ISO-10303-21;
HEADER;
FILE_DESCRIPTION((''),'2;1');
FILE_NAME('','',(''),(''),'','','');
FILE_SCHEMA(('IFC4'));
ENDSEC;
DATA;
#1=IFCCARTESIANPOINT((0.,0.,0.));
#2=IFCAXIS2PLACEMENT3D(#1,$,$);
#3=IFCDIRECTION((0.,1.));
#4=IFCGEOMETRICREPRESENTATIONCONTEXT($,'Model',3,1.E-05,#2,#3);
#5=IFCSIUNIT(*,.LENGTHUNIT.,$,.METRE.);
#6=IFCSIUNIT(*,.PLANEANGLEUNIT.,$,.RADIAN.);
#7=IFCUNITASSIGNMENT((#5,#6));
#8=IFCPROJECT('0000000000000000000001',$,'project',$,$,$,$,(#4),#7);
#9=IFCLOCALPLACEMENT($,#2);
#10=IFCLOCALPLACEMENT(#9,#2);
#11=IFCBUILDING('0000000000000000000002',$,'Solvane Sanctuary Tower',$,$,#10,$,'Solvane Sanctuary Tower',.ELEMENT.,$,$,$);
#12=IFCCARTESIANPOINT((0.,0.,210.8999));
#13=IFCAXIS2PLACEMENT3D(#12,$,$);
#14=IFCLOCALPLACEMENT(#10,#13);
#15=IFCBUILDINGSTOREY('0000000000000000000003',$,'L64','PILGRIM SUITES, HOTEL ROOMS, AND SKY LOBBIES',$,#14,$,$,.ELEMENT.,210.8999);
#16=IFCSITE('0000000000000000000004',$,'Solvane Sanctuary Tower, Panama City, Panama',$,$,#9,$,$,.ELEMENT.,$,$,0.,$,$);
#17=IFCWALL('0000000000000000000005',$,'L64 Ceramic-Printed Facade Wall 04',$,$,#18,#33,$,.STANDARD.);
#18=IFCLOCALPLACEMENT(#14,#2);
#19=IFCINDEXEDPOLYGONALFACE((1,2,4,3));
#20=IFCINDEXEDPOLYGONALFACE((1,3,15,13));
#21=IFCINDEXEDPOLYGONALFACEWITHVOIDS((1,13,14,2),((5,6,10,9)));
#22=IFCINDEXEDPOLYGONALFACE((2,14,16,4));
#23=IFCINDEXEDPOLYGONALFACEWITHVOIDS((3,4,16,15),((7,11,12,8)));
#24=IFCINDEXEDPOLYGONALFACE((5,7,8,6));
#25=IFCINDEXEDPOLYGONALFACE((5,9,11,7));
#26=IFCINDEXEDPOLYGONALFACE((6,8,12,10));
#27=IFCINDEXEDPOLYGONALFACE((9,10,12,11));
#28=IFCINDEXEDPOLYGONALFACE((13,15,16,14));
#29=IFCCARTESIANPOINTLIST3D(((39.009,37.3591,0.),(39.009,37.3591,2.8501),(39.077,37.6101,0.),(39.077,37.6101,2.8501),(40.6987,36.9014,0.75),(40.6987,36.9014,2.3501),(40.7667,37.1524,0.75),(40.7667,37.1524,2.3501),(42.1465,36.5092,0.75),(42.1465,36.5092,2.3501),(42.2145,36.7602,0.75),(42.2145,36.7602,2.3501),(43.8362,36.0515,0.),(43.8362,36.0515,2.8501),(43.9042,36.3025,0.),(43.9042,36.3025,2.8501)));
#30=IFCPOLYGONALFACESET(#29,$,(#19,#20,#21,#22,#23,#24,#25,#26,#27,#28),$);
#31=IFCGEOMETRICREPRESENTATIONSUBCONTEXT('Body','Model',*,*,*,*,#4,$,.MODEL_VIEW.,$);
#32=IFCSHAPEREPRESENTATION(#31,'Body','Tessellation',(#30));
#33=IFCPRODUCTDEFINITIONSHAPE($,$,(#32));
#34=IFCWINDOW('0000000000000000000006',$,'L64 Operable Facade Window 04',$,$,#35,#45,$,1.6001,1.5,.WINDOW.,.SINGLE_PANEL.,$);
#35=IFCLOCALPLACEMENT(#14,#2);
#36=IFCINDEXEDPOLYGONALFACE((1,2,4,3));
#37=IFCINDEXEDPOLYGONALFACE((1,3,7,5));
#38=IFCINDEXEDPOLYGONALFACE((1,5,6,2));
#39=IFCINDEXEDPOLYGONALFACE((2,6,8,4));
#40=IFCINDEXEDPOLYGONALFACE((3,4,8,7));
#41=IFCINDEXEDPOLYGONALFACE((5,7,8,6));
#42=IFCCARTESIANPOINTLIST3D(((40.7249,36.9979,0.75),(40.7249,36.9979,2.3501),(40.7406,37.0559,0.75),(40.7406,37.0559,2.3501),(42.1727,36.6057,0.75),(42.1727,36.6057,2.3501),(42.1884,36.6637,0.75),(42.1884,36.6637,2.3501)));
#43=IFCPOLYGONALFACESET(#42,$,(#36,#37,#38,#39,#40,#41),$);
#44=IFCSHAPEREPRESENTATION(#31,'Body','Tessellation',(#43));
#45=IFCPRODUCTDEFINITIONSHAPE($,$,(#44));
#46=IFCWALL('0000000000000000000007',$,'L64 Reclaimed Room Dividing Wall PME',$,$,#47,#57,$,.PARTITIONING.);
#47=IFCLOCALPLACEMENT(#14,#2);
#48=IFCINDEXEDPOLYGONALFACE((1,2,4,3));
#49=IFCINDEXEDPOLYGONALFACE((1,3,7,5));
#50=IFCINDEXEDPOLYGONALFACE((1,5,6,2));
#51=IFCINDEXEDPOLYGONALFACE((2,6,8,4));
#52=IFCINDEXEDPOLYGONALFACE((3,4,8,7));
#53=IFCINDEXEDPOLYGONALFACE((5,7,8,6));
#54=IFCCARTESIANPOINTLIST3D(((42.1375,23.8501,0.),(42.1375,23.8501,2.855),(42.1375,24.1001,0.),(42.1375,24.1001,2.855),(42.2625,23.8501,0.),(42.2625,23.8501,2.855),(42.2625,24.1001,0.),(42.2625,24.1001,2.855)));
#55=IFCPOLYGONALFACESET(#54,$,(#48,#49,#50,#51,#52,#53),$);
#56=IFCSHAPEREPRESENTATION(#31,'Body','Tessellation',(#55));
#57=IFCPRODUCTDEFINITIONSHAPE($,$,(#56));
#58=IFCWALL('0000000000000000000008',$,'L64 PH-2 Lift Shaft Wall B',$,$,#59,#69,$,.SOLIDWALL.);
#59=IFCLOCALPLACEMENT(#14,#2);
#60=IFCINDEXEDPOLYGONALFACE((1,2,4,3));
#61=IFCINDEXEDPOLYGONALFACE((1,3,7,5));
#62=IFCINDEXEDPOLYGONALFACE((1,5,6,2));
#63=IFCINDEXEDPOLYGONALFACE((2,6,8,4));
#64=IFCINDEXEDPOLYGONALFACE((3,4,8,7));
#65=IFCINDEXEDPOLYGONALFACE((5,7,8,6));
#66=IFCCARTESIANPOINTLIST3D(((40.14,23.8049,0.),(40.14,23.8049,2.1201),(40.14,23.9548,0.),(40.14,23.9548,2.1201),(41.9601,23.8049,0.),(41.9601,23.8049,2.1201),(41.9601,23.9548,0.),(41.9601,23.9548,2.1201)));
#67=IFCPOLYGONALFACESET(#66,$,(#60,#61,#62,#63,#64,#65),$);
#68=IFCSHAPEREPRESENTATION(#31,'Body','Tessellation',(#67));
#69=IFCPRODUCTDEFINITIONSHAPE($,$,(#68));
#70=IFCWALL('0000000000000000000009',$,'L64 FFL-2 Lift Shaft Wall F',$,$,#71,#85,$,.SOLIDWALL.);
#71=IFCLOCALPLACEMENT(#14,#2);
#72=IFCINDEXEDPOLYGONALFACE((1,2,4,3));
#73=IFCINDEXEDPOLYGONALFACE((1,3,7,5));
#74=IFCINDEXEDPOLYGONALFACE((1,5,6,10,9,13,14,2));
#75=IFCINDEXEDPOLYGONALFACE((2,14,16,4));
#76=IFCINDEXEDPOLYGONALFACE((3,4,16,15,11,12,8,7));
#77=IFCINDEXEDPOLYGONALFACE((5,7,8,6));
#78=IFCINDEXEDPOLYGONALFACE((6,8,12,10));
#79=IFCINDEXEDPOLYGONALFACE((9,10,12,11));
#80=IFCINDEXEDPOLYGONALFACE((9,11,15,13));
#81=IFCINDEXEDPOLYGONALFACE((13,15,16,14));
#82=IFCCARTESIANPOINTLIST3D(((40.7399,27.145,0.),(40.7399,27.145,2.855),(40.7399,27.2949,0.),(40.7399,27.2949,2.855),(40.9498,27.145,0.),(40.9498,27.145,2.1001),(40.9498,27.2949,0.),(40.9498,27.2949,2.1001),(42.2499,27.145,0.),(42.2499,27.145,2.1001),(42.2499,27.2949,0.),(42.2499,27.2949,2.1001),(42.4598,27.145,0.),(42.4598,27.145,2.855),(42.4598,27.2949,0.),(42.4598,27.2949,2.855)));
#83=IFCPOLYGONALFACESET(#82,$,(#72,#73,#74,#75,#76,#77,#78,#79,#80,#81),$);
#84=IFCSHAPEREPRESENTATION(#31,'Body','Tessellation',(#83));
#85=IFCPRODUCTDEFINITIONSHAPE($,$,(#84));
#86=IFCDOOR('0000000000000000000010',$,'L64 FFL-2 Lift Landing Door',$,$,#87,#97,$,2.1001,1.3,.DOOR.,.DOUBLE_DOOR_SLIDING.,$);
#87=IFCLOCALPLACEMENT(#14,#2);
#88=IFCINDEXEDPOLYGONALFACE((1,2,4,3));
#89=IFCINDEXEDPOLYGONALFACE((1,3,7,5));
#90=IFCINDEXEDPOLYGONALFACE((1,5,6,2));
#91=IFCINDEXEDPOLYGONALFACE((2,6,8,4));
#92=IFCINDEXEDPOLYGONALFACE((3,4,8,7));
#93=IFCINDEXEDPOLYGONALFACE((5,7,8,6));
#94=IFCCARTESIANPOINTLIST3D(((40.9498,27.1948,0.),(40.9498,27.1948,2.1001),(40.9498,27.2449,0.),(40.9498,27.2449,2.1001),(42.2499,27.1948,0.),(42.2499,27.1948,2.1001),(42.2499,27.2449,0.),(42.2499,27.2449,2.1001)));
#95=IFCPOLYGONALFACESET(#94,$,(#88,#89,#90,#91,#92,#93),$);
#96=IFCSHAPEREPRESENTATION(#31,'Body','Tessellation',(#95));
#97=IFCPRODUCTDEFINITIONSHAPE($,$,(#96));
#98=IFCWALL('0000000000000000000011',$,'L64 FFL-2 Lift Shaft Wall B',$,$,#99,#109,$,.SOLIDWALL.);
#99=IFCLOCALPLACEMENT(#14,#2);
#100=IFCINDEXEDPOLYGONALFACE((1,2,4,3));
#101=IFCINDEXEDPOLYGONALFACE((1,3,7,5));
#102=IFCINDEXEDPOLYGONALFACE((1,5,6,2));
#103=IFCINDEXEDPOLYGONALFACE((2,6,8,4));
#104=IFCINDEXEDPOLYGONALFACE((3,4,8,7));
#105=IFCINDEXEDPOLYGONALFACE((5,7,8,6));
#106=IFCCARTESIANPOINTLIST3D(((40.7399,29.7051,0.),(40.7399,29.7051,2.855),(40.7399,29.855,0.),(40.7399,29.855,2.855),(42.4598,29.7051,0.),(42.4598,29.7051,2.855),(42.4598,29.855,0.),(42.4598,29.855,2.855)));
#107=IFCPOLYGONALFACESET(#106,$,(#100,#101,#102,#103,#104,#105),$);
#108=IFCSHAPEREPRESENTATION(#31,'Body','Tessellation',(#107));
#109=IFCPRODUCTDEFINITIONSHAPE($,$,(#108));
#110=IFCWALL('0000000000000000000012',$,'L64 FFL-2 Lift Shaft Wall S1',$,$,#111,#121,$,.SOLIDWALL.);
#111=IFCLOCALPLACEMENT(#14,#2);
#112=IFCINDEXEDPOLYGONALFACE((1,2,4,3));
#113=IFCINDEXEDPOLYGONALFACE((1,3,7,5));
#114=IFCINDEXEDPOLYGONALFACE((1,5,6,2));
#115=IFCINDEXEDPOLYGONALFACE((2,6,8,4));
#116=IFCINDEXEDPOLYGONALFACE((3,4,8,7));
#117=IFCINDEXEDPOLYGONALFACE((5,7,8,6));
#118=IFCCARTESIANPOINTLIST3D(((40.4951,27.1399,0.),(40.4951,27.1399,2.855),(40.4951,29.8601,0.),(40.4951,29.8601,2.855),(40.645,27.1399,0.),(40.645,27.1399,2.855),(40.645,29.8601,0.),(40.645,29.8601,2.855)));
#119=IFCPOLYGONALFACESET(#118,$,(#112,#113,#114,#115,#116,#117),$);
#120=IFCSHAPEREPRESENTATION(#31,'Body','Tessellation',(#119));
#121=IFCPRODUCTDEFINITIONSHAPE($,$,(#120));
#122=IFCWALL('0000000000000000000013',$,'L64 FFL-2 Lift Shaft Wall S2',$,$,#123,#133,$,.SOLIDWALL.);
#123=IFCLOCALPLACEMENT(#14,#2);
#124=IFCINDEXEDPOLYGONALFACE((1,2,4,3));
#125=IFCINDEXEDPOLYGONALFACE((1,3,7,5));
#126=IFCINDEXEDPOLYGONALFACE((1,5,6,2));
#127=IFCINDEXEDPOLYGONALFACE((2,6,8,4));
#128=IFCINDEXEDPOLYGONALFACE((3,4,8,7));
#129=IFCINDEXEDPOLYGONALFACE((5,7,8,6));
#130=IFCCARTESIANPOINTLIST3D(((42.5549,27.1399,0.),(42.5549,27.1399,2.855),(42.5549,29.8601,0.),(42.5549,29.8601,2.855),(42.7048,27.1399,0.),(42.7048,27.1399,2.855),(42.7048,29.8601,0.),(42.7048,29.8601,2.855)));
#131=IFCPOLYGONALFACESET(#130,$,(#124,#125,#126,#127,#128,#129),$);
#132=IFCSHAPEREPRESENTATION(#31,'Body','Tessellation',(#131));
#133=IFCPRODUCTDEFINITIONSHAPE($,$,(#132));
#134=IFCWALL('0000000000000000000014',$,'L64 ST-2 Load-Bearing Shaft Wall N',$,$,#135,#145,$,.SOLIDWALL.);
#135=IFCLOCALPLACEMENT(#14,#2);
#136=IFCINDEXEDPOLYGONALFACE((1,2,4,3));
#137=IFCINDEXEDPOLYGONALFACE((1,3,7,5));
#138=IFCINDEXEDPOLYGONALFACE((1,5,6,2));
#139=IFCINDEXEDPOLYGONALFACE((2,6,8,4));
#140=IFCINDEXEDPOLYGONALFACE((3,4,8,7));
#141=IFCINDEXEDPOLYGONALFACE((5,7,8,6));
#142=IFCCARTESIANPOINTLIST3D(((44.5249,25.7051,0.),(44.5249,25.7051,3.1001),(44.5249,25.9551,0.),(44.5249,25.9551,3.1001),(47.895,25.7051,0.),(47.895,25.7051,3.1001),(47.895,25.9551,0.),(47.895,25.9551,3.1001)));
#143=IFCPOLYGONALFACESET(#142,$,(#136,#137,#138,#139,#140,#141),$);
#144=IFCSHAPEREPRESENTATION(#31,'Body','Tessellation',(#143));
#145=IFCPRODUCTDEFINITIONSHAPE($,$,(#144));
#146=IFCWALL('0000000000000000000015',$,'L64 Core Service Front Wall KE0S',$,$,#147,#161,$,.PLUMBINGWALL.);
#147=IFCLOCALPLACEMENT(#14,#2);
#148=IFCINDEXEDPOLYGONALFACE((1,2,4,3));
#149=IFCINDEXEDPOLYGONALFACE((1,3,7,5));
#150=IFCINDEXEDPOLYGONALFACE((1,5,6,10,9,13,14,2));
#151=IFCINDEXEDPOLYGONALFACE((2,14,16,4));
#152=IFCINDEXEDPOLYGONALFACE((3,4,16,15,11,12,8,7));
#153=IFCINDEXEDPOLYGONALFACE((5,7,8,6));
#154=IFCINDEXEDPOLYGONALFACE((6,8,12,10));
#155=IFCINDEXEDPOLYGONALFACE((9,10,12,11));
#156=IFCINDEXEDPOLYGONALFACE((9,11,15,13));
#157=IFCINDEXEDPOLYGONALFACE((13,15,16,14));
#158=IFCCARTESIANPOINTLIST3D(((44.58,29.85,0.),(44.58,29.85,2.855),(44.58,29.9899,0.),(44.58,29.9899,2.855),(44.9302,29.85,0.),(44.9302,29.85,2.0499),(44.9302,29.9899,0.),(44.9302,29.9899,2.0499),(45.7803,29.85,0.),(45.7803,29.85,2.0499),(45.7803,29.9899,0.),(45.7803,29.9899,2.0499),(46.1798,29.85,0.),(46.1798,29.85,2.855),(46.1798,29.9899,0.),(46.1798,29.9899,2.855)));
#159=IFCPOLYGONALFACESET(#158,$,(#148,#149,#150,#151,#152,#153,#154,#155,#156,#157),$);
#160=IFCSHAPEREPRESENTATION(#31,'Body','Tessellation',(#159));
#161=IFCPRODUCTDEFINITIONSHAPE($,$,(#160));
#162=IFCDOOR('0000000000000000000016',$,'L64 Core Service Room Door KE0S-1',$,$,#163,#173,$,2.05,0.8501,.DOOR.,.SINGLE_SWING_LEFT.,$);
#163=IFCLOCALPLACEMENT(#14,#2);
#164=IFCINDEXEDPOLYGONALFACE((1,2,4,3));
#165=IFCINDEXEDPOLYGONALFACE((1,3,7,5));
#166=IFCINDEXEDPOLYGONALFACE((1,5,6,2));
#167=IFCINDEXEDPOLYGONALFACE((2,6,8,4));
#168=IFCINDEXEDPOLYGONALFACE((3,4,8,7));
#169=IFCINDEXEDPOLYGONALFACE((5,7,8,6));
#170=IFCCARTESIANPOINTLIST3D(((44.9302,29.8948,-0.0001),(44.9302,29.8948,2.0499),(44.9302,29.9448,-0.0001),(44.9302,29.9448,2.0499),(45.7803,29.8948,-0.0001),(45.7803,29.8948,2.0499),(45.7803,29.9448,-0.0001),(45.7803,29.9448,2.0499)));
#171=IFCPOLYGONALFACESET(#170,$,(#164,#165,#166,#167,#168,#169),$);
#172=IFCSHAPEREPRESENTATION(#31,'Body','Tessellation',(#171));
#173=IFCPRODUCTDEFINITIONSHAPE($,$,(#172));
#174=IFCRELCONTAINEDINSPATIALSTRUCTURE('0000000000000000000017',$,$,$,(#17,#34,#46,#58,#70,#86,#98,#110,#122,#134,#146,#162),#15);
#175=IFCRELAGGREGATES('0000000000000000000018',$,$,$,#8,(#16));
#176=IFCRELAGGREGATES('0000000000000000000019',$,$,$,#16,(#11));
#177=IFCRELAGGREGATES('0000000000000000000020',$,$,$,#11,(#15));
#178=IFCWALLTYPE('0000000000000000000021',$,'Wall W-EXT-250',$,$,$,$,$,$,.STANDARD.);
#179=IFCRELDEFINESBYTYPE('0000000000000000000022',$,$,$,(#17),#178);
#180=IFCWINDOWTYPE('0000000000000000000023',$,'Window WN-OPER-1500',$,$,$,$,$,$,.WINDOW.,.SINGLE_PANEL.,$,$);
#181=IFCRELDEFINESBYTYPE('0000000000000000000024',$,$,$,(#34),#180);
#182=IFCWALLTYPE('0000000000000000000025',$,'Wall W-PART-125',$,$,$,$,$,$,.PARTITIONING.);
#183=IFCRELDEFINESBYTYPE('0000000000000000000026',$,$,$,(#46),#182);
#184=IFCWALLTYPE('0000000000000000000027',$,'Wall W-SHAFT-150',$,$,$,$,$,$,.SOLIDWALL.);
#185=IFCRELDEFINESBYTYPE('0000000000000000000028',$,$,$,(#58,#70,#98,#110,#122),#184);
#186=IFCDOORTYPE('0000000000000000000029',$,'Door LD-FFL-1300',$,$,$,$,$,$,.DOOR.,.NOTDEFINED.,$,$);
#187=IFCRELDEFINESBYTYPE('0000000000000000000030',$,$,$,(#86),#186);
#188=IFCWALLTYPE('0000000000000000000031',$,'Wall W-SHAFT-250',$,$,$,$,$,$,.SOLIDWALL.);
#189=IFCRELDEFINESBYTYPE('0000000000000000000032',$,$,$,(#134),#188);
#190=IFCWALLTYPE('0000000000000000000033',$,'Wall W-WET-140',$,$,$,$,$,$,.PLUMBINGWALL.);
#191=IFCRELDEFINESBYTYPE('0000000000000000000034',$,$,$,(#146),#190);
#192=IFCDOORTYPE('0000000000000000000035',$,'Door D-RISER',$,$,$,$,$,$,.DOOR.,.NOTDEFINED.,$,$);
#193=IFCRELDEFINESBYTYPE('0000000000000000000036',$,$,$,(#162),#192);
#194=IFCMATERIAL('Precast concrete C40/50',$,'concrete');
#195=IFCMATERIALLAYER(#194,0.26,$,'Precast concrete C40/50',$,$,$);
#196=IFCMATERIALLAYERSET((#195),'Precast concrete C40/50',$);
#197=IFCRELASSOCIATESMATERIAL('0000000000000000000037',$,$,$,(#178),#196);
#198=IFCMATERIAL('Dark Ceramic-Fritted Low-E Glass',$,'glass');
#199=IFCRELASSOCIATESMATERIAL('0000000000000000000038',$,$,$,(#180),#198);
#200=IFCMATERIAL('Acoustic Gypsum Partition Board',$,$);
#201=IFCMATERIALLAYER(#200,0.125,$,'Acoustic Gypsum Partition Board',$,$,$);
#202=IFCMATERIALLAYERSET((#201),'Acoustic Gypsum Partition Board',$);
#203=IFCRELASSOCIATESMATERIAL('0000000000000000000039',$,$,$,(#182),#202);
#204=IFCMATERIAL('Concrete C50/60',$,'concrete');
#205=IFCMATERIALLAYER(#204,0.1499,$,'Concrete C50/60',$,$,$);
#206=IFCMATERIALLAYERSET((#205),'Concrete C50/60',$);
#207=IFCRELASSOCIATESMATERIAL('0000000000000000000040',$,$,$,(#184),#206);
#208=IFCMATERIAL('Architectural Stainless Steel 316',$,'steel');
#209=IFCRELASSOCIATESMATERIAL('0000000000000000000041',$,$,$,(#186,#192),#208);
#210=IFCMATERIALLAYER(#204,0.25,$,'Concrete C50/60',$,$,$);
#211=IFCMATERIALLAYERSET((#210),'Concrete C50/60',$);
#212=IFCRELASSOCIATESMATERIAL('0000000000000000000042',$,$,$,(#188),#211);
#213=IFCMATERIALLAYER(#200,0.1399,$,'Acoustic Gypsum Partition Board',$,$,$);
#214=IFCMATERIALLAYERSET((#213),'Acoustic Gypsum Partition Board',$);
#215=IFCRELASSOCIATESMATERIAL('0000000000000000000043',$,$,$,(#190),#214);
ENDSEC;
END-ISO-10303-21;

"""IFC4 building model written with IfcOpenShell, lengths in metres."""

from ifc_helpers import new_model, si_unit, direction, frame, frame_2d, origin, place, context, subcontext, project, spatial, rectangle, extrude, material, layer, layer_set, type_object, element, fill, save


model = new_model("IFC4")

# Units and contexts
model_context = context("Model", 3, precision=1e-05, world=origin(), true_north=direction((0.0, 1.0)))
body_context = subcontext(model_context, "Body", "Model", "MODEL_VIEW")
ifc_project = project(units=[si_unit("LENGTHUNIT", "METRE"), si_unit("PLANEANGLEUNIT", "RADIAN")], contexts=[model_context])

# Site, building, storey
site_placement = place(None, origin())
site = spatial("IfcSite", under=ifc_project, at=site_placement, Name="Solvane Sanctuary Tower, Panama City, Panama", CompositionType="ELEMENT", RefElevation=0.0)
building_placement = place(site_placement, origin())
building = spatial("IfcBuilding", under=site, at=building_placement, Name="Solvane Sanctuary Tower", LongName="Solvane Sanctuary Tower", CompositionType="ELEMENT")
storey_placement = place(building_placement, frame((0.0, 0.0, 210.8999)))
storey = spatial("IfcBuildingStorey", under=building, at=storey_placement, Name="L64", Description="PILGRIM SUITES, HOTEL ROOMS, AND SKY LOBBIES", CompositionType="ELEMENT", Elevation=210.8999)

# Shared definitions
ifc_material_1 = material(Name="Concrete C50/60", Category="concrete")

# Shared definitions
ifc_material_2 = material(Name="Acoustic Gypsum Partition Board")

# Wall, opening, window
ifc_material_3 = material(Name="Precast concrete C40/50", Category="concrete")
ifc_layer_1 = layer(ifc_material_3, 0.26, Name="Precast concrete C40/50")
ifc_layer_set_1 = layer_set([ifc_layer_1], Name="Precast concrete C40/50")
wall_type_1 = type_object("IfcWallType", Name="Wall W-EXT-250", PredefinedType="STANDARD", material=ifc_layer_set_1)
wall_1_placement = place(storey_placement, frame((43.8701, 36.177, 0.0), z_axis=(0.0, 0.0, 1.0), x_axis=(-0.965213, 0.261465, 0.0)))
wall_1 = element("IfcWall", 1, at=wall_1_placement, inside=storey, type_object=wall_type_1, Name="L64 Ceramic-Printed Facade Wall 04", PredefinedType="STANDARD", context=body_context, shape_type="SweptSolid", body=[
    extrude(rectangle(XDim=5.0012, YDim=0.26, at=frame_2d((2.5005, 0.0))), origin(), (0.0, 0.0, 1.0), 2.8501),
])
opening_1_placement = place(wall_1_placement, frame((1.7505, 0.0, 0.75)))
opening_1 = element("IfcOpeningElement", 2, at=opening_1_placement, cuts=wall_1, PredefinedType="OPENING", context=body_context, shape_type="SweptSolid", body=[
    extrude(rectangle(XDim=1.5, YDim=1.6001, at=frame_2d((0.75, 0.8))), frame((0.0, 0.1399, 0.0), z_axis=(0.0, -1.0, 0.0), x_axis=(1.0, 0.0, 0.0)), (0.0, 0.0, 1.0), 0.28),
])
ifc_material_4 = material(Name="Dark Ceramic-Fritted Low-E Glass", Category="glass")
window_type = type_object("IfcWindowType", Name="Window WN-OPER-1500", PartitioningType="SINGLE_PANEL", PredefinedType="WINDOW", material=ifc_material_4)
window_placement = place(opening_1_placement, origin())
window = element("IfcWindow", 3, at=window_placement, inside=storey, type_object=window_type, Name="L64 Operable Facade Window 04", OverallHeight=1.6001, OverallWidth=1.5, PartitioningType="SINGLE_PANEL", PredefinedType="WINDOW", context=body_context, shape_type="SweptSolid", body=[
    extrude(rectangle(XDim=1.5, YDim=1.6001, at=frame_2d((0.75, 0.8))), frame((0.0, 0.03, 0.0), z_axis=(0.0, -1.0, 0.0), x_axis=(1.0, 0.0, 0.0)), (0.0, 0.0, 1.0), 0.0601),
])
fill(opening_1, window)

# Walls
ifc_layer_2 = layer(ifc_material_2, 0.125, Name="Acoustic Gypsum Partition Board")
ifc_layer_set_2 = layer_set([ifc_layer_2], Name="Acoustic Gypsum Partition Board")
wall_type_2 = type_object("IfcWallType", Name="Wall W-PART-125", PredefinedType="PARTITIONING", material=ifc_layer_set_2)
wall_2_placement = place(storey_placement, frame((42.2, 23.8501, 0.0), z_axis=(0.0, 0.0, 1.0), x_axis=(0.0, 1.0, 0.0)))
element("IfcWall", 4, at=wall_2_placement, inside=storey, type_object=wall_type_2, Name="L64 Reclaimed Room Dividing Wall PME", PredefinedType="PARTITIONING", context=body_context, shape_type="SweptSolid", body=[
    extrude(rectangle(XDim=0.25, YDim=0.125, at=frame_2d((0.125, 0.0))), origin(), (0.0, 0.0, 1.0), 2.855),
])
ifc_layer_3 = layer(ifc_material_1, 0.1499, Name="Concrete C50/60")
ifc_layer_set_3 = layer_set([ifc_layer_3], Name="Concrete C50/60")
wall_type_3 = type_object("IfcWallType", Name="Wall W-SHAFT-150", PredefinedType="SOLIDWALL", material=ifc_layer_set_3)
wall_3_placement = place(storey_placement, frame((40.1399, 23.8799, 0.0), z_axis=(0.0, 0.0, 1.0), x_axis=(1.0, 0.0, 0.0)))
element("IfcWall", 5, at=wall_3_placement, inside=storey, type_object=wall_type_3, Name="L64 PH-2 Lift Shaft Wall B", PredefinedType="SOLIDWALL", context=body_context, shape_type="SweptSolid", body=[
    extrude(rectangle(XDim=1.8201, YDim=0.1499, at=frame_2d((0.9102, 0.0))), origin(), (0.0, 0.0, 1.0), 2.1201),
])

# Wall, opening, door
wall_4_placement = place(storey_placement, frame((40.74, 27.22, 0.0), z_axis=(0.0, 0.0, 1.0), x_axis=(1.0, 0.0, 0.0)))
wall_4 = element("IfcWall", 6, at=wall_4_placement, inside=storey, type_object=wall_type_3, Name="L64 FFL-2 Lift Shaft Wall F", PredefinedType="SOLIDWALL", context=body_context, shape_type="SweptSolid", body=[
    extrude(rectangle(XDim=1.72, YDim=0.1499, at=frame_2d((0.8599, 0.0))), origin(), (0.0, 0.0, 1.0), 2.855),
])
opening_2_placement = place(wall_4_placement, frame((0.21, 0.0, 0.0)))
opening_2 = element("IfcOpeningElement", 7, at=opening_2_placement, cuts=wall_4, PredefinedType="OPENING", context=body_context, shape_type="SweptSolid", body=[
    extrude(rectangle(XDim=1.3, YDim=2.1001, at=frame_2d((0.6499, 1.05))), frame((0.0, 0.085, 0.0), z_axis=(0.0, -1.0, 0.0), x_axis=(1.0, 0.0, 0.0)), (0.0, 0.0, 1.0), 0.1699),
])
ifc_material_5 = material(Name="Architectural Stainless Steel 316", Category="steel")
door_type_1 = type_object("IfcDoorType", Name="Door LD-FFL-1300", OperationType="NOTDEFINED", PredefinedType="DOOR", material=ifc_material_5)
door_1_placement = place(opening_2_placement, origin())
door_1 = element("IfcDoor", 8, at=door_1_placement, inside=storey, type_object=door_type_1, Name="L64 FFL-2 Lift Landing Door", OperationType="DOUBLE_DOOR_SLIDING", OverallHeight=2.1001, OverallWidth=1.3, PredefinedType="DOOR", context=body_context, shape_type="SweptSolid", body=[
    extrude(rectangle(XDim=1.3, YDim=2.1001, at=frame_2d((0.6499, 1.05))), frame((0.0, 0.0249, 0.0), z_axis=(0.0, -1.0, 0.0), x_axis=(1.0, 0.0, 0.0)), (0.0, 0.0, 1.0), 0.05),
])
fill(opening_2, door_1)

# Walls
wall_5_placement = place(storey_placement, frame((40.74, 29.78, 0.0), z_axis=(0.0, 0.0, 1.0), x_axis=(1.0, 0.0, 0.0)))
element("IfcWall", 9, at=wall_5_placement, inside=storey, type_object=wall_type_3, Name="L64 FFL-2 Lift Shaft Wall B", PredefinedType="SOLIDWALL", context=body_context, shape_type="SweptSolid", body=[
    extrude(rectangle(XDim=1.72, YDim=0.1499, at=frame_2d((0.8599, 0.0))), origin(), (0.0, 0.0, 1.0), 2.855),
])
for number, where, z_axis, x_axis, name in (
    (10, (40.5701, 27.1399, 0.0), (0.0, 0.0, 1.0), (0.0, 1.0, 0.0), "L64 FFL-2 Lift Shaft Wall S1"),
    (11, (42.6299, 27.1399, 0.0), (0.0, 0.0, 1.0), (0.0, 1.0, 0.0), "L64 FFL-2 Lift Shaft Wall S2"),
):
    element("IfcWall", number, at=place(storey_placement, frame(where, z_axis=z_axis, x_axis=x_axis)), inside=storey, type_object=wall_type_3, Name=name, PredefinedType="SOLIDWALL", context=body_context, shape_type="SweptSolid", body=[
        extrude(rectangle(XDim=2.7202, YDim=0.1499, at=frame_2d((1.3601, 0.0))), origin(), (0.0, 0.0, 1.0), 2.855),
    ])
ifc_layer_4 = layer(ifc_material_1, 0.25, Name="Concrete C50/60")
ifc_layer_set_4 = layer_set([ifc_layer_4], Name="Concrete C50/60")
wall_type_4 = type_object("IfcWallType", Name="Wall W-SHAFT-250", PredefinedType="SOLIDWALL", material=ifc_layer_set_4)
wall_6_placement = place(storey_placement, frame((44.5249, 25.8301, 0.0), z_axis=(0.0, 0.0, 1.0), x_axis=(1.0, 0.0, 0.0)))
element("IfcWall", 12, at=wall_6_placement, inside=storey, type_object=wall_type_4, Name="L64 ST-2 Load-Bearing Shaft Wall N", PredefinedType="SOLIDWALL", context=body_context, shape_type="SweptSolid", body=[
    extrude(rectangle(XDim=3.3701, YDim=0.25, at=frame_2d((1.6851, 0.0))), origin(), (0.0, 0.0, 1.0), 3.1001),
])

# Wall, opening, door
ifc_layer_5 = layer(ifc_material_2, 0.1399, Name="Acoustic Gypsum Partition Board")
ifc_layer_set_5 = layer_set([ifc_layer_5], Name="Acoustic Gypsum Partition Board")
wall_type_5 = type_object("IfcWallType", Name="Wall W-WET-140", PredefinedType="PLUMBINGWALL", material=ifc_layer_set_5)
wall_7_placement = place(storey_placement, frame((44.5801, 29.9199, 0.0), z_axis=(0.0, 0.0, 1.0), x_axis=(1.0, 0.0, 0.0)))
wall_7 = element("IfcWall", 13, at=wall_7_placement, inside=storey, type_object=wall_type_5, Name="L64 Core Service Front Wall KE0S", PredefinedType="PLUMBINGWALL", context=body_context, shape_type="SweptSolid", body=[
    extrude(rectangle(XDim=1.5999, YDim=0.1399, at=frame_2d((0.7998, 0.0))), origin(), (0.0, 0.0, 1.0), 2.855),
])
opening_3_placement = place(wall_7_placement, frame((0.3501, 0.0, 0.0)))
opening_3 = element("IfcOpeningElement", 14, at=opening_3_placement, cuts=wall_7, PredefinedType="OPENING", context=body_context, shape_type="SweptSolid", body=[
    extrude(rectangle(XDim=0.8501, YDim=2.05, at=frame_2d((0.425, 1.0249))), frame((0.0, 0.0798, 0.0), z_axis=(0.0, -1.0, 0.0), x_axis=(1.0, 0.0, 0.0)), (0.0, 0.0, 1.0), 0.1599),
])
door_type_2 = type_object("IfcDoorType", Name="Door D-RISER", OperationType="NOTDEFINED", PredefinedType="DOOR", material=ifc_material_5)
door_2_placement = place(opening_3_placement, origin())
door_2 = element("IfcDoor", 15, at=door_2_placement, inside=storey, type_object=door_type_2, Name="L64 Core Service Room Door KE0S-1", OperationType="SINGLE_SWING_LEFT", OverallHeight=2.05, OverallWidth=0.8501, PredefinedType="DOOR", context=body_context, shape_type="SweptSolid", body=[
    extrude(rectangle(XDim=0.8501, YDim=2.05, at=frame_2d((0.425, 1.0249))), frame((0.0, 0.0249, 0.0), z_axis=(0.0, -1.0, 0.0), x_axis=(1.0, 0.0, 0.0)), (0.0, 0.0, 1.0), 0.05),
])
fill(opening_3, door_2)

save(model, "model.ifc")
